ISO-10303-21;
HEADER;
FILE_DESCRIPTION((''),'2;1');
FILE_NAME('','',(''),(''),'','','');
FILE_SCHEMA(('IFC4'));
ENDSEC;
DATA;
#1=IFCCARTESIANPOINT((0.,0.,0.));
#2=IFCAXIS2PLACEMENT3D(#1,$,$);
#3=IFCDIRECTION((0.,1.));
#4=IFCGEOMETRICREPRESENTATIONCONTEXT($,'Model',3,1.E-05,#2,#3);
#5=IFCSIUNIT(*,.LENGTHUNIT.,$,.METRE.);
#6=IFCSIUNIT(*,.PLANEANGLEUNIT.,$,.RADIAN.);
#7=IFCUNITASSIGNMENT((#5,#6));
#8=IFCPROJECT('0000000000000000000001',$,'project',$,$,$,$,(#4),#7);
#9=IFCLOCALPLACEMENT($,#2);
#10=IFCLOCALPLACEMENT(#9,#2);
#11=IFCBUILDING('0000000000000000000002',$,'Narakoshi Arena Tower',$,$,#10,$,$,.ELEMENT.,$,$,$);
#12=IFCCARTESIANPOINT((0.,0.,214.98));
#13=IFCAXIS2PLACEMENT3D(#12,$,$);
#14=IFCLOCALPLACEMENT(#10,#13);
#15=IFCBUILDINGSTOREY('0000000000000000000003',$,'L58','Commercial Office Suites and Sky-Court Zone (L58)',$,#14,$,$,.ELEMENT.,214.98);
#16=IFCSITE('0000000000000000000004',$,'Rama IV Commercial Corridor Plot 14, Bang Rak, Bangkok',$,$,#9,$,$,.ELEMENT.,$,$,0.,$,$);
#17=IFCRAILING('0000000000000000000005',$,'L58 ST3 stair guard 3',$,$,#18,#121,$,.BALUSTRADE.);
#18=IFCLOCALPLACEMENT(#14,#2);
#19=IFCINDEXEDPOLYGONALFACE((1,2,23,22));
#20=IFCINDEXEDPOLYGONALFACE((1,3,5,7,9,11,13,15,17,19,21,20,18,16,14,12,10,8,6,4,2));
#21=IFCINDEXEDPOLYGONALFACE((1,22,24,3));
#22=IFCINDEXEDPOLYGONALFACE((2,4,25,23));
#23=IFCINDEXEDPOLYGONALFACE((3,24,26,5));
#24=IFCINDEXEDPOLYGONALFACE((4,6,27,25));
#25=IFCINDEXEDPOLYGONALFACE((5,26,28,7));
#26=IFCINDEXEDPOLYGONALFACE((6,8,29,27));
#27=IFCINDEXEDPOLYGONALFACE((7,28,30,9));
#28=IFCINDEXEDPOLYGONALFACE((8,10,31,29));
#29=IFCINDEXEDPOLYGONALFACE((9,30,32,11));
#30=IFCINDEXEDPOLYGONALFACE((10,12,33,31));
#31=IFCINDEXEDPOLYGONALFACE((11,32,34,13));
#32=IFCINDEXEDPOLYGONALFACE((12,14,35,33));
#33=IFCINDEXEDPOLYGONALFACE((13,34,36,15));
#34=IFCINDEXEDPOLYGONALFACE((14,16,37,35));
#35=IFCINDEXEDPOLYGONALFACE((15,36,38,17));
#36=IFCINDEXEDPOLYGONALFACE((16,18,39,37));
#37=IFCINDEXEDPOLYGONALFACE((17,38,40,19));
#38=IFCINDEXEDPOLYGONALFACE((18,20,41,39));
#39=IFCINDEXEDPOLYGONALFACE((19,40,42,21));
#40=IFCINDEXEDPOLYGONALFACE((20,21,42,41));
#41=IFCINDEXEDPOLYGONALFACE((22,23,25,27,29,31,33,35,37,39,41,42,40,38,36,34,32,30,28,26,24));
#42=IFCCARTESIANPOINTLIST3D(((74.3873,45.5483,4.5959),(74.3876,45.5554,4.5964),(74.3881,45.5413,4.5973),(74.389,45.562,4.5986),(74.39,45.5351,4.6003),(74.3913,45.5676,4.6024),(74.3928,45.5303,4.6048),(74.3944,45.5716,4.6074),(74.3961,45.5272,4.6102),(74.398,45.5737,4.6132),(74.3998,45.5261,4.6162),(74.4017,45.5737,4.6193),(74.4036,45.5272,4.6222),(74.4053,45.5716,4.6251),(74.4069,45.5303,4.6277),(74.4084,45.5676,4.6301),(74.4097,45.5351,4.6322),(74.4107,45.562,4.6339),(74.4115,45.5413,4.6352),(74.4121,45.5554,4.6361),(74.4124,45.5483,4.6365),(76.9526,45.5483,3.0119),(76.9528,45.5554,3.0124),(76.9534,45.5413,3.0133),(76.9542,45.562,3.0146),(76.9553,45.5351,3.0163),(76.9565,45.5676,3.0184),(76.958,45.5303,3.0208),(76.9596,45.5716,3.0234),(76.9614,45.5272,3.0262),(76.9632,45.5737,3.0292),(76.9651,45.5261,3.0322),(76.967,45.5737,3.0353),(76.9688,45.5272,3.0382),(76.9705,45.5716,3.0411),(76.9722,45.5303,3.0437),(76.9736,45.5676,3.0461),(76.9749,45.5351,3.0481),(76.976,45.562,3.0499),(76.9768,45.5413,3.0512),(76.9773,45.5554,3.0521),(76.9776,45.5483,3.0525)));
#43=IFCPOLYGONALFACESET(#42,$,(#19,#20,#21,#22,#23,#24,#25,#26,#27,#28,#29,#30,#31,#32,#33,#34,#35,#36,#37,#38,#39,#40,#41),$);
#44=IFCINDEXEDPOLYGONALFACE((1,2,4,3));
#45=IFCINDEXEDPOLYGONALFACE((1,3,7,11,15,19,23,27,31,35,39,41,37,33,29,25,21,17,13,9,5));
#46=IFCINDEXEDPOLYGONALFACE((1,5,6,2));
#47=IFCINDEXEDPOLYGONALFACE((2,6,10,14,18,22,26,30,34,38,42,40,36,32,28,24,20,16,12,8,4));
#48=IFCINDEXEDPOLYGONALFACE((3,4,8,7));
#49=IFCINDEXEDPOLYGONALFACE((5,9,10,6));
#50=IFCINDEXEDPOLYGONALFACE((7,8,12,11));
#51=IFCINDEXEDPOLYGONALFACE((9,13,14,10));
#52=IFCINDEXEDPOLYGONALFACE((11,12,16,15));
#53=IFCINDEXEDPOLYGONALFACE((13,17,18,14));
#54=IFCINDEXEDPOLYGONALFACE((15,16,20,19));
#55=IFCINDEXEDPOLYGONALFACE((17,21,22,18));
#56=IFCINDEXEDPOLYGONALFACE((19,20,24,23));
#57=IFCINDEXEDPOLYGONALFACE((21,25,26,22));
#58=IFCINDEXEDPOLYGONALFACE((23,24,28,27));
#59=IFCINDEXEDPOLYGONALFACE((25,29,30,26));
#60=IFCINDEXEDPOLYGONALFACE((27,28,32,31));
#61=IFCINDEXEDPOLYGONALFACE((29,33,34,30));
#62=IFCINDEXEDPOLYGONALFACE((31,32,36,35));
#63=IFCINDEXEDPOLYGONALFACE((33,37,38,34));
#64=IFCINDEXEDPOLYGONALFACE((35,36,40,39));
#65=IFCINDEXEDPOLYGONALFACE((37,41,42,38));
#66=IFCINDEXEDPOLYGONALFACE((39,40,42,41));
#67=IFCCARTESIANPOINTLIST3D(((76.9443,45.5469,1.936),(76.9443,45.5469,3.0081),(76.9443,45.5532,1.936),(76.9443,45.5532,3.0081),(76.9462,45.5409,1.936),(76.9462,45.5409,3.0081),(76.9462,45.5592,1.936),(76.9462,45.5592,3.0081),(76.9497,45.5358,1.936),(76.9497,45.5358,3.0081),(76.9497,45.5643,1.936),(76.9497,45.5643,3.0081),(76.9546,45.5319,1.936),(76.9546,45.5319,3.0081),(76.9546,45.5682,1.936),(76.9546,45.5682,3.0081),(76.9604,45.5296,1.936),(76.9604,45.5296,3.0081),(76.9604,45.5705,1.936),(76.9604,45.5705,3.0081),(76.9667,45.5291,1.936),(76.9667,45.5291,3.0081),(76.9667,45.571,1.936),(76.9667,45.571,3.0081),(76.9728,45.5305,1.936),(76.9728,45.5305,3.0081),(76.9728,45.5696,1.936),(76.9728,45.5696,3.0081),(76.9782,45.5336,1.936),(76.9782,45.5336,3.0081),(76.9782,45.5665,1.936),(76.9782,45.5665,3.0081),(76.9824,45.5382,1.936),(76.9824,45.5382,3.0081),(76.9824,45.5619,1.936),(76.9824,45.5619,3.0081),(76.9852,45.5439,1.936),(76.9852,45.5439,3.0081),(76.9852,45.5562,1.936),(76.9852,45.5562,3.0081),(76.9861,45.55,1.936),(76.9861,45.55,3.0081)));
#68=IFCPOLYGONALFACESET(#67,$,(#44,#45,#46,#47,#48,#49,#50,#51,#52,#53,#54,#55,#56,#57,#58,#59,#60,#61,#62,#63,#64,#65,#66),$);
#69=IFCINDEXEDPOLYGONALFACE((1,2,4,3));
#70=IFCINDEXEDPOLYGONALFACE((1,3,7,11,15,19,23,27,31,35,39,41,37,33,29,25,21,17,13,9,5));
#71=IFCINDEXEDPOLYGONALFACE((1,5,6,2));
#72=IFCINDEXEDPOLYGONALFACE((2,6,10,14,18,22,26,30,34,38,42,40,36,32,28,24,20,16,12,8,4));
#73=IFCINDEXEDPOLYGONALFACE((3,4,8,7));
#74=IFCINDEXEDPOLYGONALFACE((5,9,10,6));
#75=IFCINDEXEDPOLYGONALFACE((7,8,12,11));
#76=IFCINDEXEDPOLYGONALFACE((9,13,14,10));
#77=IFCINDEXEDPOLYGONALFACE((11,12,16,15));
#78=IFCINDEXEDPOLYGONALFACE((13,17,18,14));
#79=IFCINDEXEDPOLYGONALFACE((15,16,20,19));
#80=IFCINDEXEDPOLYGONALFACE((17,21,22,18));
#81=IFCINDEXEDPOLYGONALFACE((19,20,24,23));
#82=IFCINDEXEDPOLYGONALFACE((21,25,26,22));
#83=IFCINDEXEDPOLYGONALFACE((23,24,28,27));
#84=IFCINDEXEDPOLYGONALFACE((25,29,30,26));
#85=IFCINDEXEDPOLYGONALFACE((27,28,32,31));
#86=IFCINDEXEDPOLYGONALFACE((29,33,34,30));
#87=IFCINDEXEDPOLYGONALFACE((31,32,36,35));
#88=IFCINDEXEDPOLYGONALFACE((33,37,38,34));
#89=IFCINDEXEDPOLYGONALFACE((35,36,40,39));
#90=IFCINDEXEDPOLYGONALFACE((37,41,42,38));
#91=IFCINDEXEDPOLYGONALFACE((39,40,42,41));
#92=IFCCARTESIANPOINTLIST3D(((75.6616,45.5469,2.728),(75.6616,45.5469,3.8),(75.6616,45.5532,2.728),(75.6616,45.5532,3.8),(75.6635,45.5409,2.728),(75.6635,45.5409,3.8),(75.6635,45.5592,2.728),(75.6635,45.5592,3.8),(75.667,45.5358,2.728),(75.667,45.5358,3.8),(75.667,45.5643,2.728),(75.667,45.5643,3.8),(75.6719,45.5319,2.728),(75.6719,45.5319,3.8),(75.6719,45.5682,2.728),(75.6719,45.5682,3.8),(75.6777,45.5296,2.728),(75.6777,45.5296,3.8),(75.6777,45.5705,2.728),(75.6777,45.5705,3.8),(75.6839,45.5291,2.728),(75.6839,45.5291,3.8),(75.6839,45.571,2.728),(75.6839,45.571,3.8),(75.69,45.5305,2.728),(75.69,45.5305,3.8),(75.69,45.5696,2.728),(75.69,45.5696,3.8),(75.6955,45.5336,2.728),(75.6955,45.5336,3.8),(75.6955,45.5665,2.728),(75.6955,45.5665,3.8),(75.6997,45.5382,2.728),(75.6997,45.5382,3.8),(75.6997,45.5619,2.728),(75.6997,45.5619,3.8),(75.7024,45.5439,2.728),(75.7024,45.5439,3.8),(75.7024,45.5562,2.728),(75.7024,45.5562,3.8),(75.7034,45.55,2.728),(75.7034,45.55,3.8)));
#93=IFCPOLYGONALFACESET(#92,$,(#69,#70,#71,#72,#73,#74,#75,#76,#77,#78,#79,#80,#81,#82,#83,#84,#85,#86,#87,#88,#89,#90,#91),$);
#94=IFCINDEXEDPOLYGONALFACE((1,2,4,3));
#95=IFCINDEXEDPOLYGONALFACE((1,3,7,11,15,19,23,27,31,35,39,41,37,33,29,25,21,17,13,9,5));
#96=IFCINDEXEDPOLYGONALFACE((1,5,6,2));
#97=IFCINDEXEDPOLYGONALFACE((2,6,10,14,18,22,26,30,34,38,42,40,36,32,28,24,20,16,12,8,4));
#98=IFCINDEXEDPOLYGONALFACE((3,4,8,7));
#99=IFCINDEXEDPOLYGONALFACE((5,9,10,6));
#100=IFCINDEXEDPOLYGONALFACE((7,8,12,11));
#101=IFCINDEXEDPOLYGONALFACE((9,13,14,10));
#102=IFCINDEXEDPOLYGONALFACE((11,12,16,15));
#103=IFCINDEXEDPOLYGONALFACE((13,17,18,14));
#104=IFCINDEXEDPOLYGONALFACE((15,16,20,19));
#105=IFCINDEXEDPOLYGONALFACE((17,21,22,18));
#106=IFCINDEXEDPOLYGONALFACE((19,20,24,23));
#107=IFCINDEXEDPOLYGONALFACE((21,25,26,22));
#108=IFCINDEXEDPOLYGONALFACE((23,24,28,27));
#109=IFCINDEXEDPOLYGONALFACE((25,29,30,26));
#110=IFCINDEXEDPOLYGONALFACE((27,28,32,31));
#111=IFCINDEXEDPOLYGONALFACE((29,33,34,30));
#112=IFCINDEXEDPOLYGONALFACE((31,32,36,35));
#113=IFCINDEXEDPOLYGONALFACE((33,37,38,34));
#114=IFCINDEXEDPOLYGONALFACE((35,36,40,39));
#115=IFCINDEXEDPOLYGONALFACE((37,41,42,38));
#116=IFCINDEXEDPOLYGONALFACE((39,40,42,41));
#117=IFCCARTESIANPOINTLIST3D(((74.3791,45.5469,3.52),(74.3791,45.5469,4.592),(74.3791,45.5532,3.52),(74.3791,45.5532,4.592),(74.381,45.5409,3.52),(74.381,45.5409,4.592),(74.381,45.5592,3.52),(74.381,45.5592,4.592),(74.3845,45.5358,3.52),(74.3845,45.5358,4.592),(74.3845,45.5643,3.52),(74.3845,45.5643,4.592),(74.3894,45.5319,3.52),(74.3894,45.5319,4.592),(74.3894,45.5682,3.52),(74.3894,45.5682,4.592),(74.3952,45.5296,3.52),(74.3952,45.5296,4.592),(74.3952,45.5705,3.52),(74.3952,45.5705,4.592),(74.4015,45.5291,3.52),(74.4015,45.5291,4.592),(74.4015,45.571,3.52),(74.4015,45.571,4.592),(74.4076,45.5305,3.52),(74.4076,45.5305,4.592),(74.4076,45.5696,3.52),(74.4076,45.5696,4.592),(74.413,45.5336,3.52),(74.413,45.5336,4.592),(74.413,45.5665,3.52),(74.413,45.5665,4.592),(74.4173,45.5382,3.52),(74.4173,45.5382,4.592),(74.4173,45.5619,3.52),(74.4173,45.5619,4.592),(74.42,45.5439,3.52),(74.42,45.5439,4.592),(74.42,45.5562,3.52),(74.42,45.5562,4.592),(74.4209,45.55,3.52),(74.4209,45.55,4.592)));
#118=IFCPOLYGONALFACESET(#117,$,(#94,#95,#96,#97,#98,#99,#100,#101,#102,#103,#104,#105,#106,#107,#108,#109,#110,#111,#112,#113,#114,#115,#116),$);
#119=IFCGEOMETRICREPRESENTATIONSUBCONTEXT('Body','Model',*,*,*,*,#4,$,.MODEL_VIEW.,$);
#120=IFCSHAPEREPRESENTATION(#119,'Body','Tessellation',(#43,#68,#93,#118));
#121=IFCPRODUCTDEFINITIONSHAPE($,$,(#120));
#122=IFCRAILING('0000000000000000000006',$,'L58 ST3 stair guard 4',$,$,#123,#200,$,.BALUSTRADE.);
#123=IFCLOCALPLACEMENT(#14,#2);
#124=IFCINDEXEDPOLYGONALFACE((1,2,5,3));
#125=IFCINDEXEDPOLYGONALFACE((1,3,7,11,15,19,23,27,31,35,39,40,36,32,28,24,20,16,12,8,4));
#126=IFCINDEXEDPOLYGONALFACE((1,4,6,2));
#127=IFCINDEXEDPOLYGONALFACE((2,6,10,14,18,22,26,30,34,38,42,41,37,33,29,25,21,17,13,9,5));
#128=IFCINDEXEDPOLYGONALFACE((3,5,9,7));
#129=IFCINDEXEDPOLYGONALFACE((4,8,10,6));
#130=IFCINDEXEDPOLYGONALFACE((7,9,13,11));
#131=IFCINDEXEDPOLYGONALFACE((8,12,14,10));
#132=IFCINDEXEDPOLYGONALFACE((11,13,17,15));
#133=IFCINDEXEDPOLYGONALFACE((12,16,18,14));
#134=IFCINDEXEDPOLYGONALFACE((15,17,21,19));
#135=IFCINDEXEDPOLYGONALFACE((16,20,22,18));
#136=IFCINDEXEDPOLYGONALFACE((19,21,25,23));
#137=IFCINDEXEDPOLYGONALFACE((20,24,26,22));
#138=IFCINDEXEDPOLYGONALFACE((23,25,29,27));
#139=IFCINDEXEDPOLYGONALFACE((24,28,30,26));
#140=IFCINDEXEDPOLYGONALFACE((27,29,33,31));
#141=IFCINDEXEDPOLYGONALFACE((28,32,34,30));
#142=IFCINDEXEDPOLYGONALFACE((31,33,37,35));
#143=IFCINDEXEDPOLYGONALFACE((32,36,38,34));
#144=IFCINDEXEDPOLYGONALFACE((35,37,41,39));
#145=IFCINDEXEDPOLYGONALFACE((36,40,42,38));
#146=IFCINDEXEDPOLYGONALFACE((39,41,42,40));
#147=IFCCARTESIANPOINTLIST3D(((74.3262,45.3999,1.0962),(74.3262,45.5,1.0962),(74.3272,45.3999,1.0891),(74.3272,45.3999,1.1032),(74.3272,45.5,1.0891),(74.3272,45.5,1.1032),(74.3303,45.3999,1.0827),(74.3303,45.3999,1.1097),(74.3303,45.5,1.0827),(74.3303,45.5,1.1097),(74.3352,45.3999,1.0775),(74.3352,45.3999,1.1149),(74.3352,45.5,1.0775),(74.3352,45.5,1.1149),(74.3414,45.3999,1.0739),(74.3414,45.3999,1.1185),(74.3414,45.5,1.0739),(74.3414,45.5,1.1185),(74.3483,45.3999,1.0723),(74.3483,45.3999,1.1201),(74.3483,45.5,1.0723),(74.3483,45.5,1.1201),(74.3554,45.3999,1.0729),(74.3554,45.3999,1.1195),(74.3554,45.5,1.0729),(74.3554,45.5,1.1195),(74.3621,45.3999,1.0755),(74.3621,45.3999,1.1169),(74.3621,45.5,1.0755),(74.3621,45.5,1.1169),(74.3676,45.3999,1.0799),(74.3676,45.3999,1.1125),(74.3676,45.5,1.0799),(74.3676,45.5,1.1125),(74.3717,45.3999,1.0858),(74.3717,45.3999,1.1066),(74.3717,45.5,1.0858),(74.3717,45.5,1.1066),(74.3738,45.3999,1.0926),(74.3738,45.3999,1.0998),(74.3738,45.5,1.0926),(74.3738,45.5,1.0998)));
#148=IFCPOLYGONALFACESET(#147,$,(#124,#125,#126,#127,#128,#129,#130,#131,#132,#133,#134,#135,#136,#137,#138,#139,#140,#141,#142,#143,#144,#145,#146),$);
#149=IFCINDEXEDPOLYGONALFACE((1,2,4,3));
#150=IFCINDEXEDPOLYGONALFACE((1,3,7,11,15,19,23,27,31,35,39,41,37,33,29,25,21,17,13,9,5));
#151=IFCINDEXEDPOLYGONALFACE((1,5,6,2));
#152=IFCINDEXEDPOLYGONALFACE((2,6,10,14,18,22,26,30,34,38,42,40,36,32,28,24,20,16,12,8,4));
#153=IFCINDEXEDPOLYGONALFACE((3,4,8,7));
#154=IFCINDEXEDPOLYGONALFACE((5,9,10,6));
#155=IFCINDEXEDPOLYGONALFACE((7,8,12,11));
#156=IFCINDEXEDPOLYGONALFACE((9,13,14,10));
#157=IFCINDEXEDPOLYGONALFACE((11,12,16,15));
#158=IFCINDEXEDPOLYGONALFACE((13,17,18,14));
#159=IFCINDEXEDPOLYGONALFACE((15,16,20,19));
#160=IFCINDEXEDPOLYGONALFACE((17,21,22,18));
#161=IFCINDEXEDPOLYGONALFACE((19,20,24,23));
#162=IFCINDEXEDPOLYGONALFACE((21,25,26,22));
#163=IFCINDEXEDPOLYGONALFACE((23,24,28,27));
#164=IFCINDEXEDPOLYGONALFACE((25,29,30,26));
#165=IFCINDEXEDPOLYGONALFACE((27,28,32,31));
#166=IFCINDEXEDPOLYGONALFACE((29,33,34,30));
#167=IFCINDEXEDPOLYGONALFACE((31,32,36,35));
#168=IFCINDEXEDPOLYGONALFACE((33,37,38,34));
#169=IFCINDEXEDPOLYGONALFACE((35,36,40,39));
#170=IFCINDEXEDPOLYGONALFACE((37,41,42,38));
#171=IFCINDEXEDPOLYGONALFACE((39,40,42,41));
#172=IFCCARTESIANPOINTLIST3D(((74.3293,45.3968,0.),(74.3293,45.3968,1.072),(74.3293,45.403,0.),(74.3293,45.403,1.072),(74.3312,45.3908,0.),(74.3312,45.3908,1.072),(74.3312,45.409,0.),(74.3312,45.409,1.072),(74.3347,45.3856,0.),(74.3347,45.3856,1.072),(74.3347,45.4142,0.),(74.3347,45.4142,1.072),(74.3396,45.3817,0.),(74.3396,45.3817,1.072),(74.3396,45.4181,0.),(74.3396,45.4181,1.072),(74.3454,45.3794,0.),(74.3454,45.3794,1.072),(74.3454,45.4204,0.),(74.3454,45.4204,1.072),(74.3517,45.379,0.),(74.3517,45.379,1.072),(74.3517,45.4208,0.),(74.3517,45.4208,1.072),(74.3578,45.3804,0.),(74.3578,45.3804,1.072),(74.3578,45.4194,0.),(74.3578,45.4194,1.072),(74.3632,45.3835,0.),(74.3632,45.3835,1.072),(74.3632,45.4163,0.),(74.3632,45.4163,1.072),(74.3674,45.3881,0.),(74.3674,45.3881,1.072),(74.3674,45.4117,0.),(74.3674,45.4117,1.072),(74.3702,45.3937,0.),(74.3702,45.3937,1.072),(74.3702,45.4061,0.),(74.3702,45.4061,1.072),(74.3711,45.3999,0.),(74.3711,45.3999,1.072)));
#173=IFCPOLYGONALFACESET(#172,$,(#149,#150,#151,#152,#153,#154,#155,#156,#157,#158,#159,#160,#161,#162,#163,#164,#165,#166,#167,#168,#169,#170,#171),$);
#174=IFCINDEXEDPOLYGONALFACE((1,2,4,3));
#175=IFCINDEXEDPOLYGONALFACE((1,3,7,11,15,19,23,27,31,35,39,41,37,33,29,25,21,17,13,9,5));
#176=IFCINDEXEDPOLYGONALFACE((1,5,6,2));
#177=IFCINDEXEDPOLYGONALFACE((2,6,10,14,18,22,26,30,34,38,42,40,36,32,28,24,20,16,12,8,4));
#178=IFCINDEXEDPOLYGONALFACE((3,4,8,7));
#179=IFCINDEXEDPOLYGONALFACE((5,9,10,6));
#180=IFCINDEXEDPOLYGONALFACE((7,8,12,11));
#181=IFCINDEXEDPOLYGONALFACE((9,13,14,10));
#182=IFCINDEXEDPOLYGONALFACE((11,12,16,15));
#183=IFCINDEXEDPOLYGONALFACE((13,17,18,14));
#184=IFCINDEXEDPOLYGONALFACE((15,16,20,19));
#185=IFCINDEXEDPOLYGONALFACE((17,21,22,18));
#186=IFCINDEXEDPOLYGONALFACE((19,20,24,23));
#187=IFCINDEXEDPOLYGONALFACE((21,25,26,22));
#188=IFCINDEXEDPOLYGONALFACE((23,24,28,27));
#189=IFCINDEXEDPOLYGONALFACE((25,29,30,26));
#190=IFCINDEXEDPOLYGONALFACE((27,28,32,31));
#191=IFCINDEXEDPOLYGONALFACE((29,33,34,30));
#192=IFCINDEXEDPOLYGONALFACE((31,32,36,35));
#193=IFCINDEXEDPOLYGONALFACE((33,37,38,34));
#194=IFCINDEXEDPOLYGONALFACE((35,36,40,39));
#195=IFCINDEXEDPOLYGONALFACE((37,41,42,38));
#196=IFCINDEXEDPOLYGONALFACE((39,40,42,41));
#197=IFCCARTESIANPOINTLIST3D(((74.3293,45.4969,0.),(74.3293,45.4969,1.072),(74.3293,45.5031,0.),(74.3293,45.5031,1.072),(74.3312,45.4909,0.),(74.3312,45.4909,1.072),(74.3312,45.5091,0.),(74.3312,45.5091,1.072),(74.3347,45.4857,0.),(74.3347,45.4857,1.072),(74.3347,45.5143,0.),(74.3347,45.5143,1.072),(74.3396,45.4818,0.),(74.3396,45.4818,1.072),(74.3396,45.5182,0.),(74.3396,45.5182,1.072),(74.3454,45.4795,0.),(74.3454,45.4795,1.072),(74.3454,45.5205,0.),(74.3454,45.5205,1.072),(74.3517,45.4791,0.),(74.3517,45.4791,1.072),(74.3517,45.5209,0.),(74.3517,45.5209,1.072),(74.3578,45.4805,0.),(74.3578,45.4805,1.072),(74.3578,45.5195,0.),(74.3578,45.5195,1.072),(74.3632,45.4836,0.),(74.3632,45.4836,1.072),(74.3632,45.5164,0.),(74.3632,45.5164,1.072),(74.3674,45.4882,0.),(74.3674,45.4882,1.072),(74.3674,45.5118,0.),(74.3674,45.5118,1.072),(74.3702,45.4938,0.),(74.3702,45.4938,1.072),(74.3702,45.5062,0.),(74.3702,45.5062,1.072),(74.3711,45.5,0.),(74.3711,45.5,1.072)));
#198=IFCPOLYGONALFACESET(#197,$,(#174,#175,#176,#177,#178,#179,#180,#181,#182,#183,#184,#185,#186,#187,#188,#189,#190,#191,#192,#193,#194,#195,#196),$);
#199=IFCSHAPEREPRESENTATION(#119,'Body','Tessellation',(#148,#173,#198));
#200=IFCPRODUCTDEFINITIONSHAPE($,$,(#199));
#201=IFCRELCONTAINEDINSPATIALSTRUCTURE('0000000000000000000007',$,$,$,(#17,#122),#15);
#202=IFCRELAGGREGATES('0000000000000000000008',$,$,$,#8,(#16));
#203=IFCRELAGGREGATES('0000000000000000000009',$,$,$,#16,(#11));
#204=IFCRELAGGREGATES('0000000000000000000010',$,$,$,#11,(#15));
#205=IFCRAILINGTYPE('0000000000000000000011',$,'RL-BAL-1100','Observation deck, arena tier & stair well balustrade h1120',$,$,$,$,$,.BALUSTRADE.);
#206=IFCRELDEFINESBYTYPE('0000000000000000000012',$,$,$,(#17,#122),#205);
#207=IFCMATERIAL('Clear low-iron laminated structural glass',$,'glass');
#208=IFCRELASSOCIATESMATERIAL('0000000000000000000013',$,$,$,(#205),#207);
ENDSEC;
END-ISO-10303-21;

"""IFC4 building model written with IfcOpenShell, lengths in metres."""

from ifc_helpers import new_model, si_unit, direction, frame, origin, origin_2d, place, context, subcontext, project, spatial, circle, extrude, material, type_object, element, save


model = new_model("IFC4")

# Units and contexts
model_context = context("Model", 3, precision=1e-05, world=origin(), true_north=direction((0.0, 1.0)))
body_context = subcontext(model_context, "Body", "Model", "MODEL_VIEW")
ifc_project = project(units=[si_unit("LENGTHUNIT", "METRE"), si_unit("PLANEANGLEUNIT", "RADIAN")], contexts=[model_context])

# Site, building, storey
site_placement = place(None, origin())
site = spatial("IfcSite", under=ifc_project, at=site_placement, Name="Rama IV Commercial Corridor Plot 14, Bang Rak, Bangkok", CompositionType="ELEMENT", RefElevation=0.0)
building_placement = place(site_placement, origin())
building = spatial("IfcBuilding", under=site, at=building_placement, Name="Narakoshi Arena Tower", CompositionType="ELEMENT")
storey_placement = place(building_placement, frame((0.0, 0.0, 214.98)))
storey = spatial("IfcBuildingStorey", under=building, at=storey_placement, Name="L58", Description="Commercial Office Suites and Sky-Court Zone (L58)", CompositionType="ELEMENT", Elevation=214.98)

# Railings
ifc_material_1 = material(Name="Clear low-iron laminated structural glass", Category="glass")
railing_type_1 = type_object("IfcRailingType", Name="RL-BAL-1100", Description="Observation deck, arena tier & stair well balustrade h1120", PredefinedType="BALUSTRADE", material=ifc_material_1)
railing_1_placement = place(storey_placement, frame((76.9651, 45.55, 1.936)))
element("IfcRailing", 1, at=railing_1_placement, inside=storey, type_object=railing_type_1, Name="L58 ST3 stair guard 3", PredefinedType="BALUSTRADE", context=body_context, shape_type="SweptSolid", body=[
    extrude(circle(Radius=0.0239, at=origin_2d()), frame((0.0, 0.0, 1.0962), z_axis=(-0.850857, 0.0, 0.525398), x_axis=(0.0, -1.0, 0.0)), (0.0, 0.0, 1.0), 3.0149),
    extrude(circle(Radius=0.021, at=origin_2d()), origin(), (0.0, 0.0, 1.0), 1.072),
    extrude(circle(Radius=0.021, at=origin_2d()), frame((-1.2827, 0.0, 0.792)), (0.0, 0.0, 1.0), 1.072),
    extrude(circle(Radius=0.021, at=origin_2d()), frame((-2.5652, 0.0, 1.584)), (0.0, 0.0, 1.0), 1.072),
])
railing_2_placement = place(storey_placement, frame((74.3501, 45.3999, 0.0)))
element("IfcRailing", 2, at=railing_2_placement, inside=storey, type_object=railing_type_1, Name="L58 ST3 stair guard 4", PredefinedType="BALUSTRADE", context=body_context, shape_type="SweptSolid", body=[
    extrude(circle(Radius=0.0239, at=origin_2d()), frame((0.0, 0.0, 1.0962), z_axis=(0.0, 1.0, 0.0), x_axis=(-1.0, 0.0, 0.0)), (0.0, 0.0, 1.0), 0.1001),
    extrude(circle(Radius=0.021, at=origin_2d()), origin(), (0.0, 0.0, 1.0), 1.072),
    extrude(circle(Radius=0.021, at=origin_2d()), frame((0.0, 0.1001, 0.0)), (0.0, 0.0, 1.0), 1.072),
])

save(model, "model.ifc")
